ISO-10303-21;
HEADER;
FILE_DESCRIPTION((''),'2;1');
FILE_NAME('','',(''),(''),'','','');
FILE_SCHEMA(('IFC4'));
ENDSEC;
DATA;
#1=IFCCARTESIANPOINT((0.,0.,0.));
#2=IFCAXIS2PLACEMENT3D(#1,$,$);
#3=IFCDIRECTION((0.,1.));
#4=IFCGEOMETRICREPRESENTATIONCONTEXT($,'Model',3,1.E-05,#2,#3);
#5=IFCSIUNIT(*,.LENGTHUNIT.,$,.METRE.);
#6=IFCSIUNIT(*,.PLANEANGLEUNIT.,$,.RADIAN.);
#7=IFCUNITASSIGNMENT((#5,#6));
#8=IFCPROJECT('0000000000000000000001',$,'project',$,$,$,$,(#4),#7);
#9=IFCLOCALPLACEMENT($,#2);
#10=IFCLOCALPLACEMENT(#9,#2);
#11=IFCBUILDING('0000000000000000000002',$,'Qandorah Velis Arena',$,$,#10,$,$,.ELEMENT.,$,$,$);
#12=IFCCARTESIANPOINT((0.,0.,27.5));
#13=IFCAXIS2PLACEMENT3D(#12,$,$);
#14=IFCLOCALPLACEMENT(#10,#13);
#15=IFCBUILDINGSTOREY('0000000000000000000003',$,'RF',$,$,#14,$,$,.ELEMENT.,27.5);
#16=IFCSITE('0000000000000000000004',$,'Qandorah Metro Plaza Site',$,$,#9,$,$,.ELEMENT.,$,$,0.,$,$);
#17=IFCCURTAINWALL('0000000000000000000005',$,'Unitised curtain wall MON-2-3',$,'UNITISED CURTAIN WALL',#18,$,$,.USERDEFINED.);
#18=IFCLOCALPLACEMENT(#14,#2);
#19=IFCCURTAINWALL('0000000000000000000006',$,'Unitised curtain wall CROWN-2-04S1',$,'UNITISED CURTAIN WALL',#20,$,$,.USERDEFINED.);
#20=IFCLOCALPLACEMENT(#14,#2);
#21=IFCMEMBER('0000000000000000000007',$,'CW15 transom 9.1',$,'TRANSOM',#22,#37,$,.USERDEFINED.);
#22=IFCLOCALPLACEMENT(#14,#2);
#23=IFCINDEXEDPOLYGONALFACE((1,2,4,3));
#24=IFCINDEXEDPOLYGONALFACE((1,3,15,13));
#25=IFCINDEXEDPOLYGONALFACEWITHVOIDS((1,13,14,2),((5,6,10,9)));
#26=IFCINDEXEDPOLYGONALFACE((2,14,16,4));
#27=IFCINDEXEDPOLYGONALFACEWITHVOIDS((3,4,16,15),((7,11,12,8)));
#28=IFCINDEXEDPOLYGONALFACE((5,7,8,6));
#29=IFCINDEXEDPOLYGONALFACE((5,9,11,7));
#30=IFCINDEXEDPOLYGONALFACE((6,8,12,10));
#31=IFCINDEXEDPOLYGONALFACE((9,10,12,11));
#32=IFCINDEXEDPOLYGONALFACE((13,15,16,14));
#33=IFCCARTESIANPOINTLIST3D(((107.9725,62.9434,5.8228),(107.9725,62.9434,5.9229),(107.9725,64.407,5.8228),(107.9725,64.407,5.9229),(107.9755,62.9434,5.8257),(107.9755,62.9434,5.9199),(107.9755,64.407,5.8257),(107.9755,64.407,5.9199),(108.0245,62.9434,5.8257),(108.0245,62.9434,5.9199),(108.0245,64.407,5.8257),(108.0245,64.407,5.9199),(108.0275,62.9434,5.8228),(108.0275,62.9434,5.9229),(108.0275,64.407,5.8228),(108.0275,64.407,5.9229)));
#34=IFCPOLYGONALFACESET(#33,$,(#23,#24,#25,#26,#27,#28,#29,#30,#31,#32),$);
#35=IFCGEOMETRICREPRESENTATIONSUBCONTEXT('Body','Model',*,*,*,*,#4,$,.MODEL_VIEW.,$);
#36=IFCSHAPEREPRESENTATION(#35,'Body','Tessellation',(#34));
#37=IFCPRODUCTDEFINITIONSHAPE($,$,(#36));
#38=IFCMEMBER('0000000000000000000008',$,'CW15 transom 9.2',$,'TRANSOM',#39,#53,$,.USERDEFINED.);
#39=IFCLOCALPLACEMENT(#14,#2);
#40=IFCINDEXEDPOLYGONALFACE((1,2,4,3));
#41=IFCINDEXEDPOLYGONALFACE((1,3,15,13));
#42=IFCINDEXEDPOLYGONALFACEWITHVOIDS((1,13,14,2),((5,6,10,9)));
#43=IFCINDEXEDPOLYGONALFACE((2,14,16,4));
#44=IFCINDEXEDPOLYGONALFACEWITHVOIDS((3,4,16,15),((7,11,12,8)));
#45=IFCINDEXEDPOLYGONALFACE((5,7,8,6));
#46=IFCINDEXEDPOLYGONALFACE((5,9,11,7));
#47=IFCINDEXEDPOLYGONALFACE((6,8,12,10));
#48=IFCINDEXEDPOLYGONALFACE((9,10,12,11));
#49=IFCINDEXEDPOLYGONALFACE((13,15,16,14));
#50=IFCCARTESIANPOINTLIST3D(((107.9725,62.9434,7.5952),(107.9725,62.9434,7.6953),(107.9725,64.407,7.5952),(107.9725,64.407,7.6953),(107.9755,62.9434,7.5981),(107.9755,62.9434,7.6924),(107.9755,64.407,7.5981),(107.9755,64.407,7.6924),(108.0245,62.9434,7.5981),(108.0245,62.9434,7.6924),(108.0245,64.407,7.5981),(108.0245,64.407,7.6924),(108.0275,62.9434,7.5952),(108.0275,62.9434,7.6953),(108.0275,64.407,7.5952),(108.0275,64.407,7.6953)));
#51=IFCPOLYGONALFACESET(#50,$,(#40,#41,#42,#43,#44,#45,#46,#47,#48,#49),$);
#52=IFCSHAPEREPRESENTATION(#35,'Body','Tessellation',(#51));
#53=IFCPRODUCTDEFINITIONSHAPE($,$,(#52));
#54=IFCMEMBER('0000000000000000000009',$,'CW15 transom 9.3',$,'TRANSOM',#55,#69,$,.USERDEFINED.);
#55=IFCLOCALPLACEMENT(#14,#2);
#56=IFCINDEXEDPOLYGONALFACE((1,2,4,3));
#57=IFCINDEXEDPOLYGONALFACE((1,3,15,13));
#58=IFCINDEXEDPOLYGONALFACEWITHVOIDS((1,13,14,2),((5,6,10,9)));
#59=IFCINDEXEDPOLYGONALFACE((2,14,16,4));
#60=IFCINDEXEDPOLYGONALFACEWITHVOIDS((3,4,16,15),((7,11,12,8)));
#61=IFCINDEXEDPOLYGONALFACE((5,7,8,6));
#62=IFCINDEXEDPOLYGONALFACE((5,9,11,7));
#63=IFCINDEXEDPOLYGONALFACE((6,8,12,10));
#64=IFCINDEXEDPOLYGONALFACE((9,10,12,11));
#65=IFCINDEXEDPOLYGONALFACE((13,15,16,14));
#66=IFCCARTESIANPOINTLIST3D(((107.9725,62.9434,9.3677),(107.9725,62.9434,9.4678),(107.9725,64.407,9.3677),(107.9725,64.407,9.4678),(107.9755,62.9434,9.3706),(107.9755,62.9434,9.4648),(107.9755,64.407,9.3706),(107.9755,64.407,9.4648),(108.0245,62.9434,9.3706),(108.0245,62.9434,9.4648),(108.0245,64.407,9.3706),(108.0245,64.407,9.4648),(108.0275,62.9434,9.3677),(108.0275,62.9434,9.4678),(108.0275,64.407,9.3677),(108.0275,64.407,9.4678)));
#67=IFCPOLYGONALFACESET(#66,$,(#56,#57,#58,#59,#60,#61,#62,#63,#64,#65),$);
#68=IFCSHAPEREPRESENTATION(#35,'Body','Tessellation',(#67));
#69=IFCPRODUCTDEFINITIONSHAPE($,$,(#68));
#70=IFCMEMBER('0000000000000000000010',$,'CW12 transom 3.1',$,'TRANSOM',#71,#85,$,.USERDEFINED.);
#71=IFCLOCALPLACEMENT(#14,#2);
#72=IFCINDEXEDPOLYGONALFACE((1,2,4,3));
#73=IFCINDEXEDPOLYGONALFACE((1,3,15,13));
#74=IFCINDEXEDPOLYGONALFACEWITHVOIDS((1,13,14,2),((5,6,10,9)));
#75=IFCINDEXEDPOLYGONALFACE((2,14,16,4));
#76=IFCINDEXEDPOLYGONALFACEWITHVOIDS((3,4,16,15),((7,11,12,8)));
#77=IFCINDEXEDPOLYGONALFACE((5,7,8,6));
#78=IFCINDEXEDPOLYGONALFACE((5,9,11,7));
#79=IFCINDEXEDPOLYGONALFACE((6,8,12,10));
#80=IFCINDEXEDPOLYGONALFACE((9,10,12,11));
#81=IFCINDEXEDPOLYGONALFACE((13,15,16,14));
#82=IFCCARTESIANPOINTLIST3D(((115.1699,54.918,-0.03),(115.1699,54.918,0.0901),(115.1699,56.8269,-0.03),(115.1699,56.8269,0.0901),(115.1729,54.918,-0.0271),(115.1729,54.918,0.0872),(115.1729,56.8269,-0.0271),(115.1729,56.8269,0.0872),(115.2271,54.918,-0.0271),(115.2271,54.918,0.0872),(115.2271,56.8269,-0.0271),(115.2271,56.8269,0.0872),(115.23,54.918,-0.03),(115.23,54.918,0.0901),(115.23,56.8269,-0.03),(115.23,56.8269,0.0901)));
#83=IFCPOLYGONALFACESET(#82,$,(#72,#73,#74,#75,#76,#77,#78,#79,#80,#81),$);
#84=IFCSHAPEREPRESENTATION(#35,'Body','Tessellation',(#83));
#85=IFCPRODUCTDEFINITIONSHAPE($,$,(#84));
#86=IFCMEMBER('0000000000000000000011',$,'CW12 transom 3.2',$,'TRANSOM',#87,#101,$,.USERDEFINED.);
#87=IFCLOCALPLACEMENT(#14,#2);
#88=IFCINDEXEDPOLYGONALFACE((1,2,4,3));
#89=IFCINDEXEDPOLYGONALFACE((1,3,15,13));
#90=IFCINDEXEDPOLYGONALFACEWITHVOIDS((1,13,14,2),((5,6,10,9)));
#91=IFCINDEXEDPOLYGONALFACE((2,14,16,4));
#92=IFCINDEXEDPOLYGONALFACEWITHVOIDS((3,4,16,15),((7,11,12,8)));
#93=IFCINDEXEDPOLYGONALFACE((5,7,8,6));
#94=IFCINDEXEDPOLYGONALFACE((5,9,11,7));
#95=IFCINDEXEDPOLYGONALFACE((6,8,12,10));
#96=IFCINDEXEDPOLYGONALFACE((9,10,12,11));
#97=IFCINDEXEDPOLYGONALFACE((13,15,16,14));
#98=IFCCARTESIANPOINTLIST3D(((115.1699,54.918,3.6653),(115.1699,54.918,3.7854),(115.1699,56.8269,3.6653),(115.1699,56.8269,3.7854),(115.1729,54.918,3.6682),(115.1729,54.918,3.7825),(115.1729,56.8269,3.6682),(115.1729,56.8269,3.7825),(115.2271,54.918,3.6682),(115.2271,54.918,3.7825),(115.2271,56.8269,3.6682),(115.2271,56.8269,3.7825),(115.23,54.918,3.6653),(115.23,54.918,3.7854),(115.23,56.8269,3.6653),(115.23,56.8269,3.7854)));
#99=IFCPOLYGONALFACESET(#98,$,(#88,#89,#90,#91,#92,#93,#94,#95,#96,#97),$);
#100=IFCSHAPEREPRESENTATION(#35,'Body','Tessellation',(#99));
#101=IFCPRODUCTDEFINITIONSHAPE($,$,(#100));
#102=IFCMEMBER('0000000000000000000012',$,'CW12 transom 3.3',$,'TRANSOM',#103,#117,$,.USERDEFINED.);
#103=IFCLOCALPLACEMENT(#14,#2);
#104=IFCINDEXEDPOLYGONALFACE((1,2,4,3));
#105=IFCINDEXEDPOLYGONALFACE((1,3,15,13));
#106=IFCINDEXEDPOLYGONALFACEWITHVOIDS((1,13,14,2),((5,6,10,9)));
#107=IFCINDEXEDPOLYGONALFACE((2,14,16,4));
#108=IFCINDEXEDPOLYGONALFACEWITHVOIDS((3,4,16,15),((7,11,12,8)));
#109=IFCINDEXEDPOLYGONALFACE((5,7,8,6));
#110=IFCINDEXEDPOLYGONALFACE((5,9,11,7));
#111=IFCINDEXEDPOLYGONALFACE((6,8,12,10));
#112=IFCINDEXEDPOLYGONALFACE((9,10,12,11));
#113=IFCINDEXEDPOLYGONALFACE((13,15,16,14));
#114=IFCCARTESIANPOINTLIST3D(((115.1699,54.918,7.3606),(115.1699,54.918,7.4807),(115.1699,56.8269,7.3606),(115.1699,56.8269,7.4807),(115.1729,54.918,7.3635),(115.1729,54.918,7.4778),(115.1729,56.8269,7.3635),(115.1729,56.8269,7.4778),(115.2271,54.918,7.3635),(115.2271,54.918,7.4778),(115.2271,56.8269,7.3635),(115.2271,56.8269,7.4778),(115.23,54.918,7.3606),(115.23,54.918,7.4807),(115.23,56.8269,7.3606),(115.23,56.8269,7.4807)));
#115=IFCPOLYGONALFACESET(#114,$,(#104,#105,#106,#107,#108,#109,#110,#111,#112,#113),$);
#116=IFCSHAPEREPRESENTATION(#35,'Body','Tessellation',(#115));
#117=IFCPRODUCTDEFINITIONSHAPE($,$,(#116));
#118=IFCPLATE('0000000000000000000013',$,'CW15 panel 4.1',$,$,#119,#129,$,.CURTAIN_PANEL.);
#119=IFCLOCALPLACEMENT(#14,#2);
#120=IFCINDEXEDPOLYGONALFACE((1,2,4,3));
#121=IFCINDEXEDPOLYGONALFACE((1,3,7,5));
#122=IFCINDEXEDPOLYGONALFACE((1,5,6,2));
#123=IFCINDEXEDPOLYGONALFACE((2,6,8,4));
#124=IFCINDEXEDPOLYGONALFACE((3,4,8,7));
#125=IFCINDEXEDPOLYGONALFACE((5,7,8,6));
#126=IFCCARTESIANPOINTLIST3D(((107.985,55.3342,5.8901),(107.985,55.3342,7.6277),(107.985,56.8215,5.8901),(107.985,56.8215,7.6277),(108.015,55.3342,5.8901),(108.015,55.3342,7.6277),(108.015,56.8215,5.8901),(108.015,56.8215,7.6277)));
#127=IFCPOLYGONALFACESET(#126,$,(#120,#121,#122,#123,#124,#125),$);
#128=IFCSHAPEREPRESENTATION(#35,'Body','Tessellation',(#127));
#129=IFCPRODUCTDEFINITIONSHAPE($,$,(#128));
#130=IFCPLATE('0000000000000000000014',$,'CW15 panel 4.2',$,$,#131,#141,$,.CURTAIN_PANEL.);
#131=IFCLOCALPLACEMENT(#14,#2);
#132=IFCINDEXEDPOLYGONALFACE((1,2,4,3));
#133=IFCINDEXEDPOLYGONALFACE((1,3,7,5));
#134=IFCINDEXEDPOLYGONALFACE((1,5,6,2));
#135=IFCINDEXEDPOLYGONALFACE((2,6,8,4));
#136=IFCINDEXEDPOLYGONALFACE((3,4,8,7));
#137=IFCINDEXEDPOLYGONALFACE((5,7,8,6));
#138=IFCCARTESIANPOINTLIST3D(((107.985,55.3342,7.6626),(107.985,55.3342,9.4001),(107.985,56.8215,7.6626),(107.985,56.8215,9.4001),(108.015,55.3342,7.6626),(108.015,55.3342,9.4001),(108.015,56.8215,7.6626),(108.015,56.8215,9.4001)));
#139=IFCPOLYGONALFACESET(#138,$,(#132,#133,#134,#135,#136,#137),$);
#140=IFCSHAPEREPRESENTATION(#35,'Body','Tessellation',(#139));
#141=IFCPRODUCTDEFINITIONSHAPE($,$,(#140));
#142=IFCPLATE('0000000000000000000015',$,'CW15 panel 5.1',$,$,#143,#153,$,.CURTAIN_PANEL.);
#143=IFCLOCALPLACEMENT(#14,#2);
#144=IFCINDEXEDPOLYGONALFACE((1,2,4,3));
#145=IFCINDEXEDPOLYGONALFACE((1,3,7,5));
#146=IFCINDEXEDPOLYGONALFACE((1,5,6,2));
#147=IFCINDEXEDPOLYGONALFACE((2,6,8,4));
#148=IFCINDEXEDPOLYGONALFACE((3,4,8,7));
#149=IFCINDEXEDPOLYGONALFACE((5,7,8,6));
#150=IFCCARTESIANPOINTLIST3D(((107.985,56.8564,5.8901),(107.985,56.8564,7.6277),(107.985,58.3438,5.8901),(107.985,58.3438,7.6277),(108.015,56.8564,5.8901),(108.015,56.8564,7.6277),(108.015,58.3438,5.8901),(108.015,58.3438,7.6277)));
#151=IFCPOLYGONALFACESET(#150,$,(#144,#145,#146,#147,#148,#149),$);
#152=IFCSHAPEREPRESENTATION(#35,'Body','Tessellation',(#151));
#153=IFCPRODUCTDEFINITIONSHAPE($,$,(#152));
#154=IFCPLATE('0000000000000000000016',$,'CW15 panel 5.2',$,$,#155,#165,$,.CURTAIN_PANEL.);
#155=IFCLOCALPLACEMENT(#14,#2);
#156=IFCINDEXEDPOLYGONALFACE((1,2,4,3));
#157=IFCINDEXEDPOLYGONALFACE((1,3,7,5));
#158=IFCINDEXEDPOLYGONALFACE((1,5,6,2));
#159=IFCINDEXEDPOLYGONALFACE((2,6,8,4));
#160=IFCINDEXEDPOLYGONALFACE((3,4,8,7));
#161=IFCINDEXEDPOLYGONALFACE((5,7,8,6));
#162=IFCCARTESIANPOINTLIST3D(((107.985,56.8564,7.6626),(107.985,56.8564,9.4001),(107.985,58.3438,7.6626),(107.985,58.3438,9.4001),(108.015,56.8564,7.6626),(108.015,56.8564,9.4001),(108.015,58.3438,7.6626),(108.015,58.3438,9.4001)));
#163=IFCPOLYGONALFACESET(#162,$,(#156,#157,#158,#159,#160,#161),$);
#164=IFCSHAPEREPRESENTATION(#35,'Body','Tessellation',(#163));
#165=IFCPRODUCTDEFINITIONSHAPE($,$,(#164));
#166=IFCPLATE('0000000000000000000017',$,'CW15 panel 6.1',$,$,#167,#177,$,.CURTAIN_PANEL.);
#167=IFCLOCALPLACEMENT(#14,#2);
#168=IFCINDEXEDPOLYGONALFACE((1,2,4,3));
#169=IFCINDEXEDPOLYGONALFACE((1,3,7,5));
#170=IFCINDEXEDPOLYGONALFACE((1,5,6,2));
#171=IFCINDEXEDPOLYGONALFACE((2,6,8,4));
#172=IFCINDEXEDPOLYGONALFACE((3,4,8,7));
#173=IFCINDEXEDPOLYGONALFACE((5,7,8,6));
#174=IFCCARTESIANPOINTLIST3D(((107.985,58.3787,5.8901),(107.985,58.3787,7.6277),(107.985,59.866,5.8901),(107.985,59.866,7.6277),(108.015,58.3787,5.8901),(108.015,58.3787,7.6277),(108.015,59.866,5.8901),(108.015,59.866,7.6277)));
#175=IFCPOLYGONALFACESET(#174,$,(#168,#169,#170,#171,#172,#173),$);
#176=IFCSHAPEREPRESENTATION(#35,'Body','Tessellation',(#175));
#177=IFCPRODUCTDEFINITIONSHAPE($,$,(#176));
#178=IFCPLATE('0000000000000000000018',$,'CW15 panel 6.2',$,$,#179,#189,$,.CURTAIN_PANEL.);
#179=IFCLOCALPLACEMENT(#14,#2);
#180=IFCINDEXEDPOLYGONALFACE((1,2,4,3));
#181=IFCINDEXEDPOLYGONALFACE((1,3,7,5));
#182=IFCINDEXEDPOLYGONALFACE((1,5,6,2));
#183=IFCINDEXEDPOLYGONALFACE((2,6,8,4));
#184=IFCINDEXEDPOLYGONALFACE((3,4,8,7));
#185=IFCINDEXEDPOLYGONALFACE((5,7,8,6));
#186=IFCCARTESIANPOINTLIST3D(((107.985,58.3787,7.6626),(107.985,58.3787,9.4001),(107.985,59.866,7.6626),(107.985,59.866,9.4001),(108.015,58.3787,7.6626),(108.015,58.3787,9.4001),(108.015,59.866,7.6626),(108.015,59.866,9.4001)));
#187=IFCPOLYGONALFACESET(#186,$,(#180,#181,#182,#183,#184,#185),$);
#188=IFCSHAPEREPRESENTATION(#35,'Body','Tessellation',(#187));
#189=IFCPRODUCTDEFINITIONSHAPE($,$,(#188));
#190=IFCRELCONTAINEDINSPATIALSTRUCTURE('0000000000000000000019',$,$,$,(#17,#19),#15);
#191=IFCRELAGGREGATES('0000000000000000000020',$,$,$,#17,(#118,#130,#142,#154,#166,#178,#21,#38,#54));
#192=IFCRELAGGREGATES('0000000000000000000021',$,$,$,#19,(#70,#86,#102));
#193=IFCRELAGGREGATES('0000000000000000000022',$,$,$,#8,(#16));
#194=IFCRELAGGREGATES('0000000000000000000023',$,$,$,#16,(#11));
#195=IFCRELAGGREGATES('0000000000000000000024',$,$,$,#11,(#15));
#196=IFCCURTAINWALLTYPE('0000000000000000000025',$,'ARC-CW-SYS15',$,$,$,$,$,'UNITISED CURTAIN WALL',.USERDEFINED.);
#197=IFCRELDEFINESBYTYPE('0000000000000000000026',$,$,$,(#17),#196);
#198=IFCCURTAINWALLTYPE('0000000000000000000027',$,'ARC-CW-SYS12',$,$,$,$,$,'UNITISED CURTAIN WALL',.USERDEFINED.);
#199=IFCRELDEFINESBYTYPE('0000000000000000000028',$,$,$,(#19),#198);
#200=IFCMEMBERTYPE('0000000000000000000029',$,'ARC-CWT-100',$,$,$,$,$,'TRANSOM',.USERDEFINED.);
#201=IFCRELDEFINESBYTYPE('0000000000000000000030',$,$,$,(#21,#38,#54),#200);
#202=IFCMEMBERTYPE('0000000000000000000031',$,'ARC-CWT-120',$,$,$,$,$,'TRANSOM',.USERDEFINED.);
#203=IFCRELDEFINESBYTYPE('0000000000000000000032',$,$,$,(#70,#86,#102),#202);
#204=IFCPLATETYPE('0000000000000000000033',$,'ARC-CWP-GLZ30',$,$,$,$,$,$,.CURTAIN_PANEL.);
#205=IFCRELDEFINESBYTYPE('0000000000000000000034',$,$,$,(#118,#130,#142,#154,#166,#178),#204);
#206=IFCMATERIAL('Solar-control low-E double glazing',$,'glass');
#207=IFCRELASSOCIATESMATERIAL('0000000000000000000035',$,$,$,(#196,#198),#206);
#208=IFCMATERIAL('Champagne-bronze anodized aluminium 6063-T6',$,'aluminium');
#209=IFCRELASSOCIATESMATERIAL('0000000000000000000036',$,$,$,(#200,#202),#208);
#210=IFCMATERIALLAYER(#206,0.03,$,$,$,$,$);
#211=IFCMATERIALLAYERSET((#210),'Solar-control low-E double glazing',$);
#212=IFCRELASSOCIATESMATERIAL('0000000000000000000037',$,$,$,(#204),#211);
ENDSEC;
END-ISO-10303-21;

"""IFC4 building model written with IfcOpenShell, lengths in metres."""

from ifc_helpers import new_model, si_unit, direction, frame, origin, origin_2d, place, context, subcontext, project, spatial, rectangle, hollow_rectangle, extrude, material, layer, layer_set, material_profile, profile_set, type_object, element, aggregate, save


model = new_model("IFC4")

# Units and contexts
model_context = context("Model", 3, precision=1e-05, world=origin(), true_north=direction((0.0, 1.0)))
body_context = subcontext(model_context, "Body", "Model", "MODEL_VIEW")
ifc_project = project(units=[si_unit("LENGTHUNIT", "METRE"), si_unit("PLANEANGLEUNIT", "RADIAN")], contexts=[model_context])

# Site, building, storey
site_placement = place(None, origin())
site = spatial("IfcSite", under=ifc_project, at=site_placement, Name="Qandorah Metro Plaza Site", CompositionType="ELEMENT", RefElevation=0.0)
building_placement = place(site_placement, origin())
building = spatial("IfcBuilding", under=site, at=building_placement, Name="Qandorah Velis Arena", CompositionType="ELEMENT")
storey_placement = place(building_placement, frame((0.0, 0.0, 27.5)))
storey = spatial("IfcBuildingStorey", under=building, at=storey_placement, Name="RF", CompositionType="ELEMENT", Elevation=27.5)

# Curtain wall
ifc_material_1 = material(Name="Solar-control low-E double glazing", Category="glass")
curtain_wall_type_1 = type_object("IfcCurtainWallType", Name="ARC-CW-SYS15", ElementType="UNITISED CURTAIN WALL", PredefinedType="USERDEFINED", material=ifc_material_1)
curtain_wall_1_placement = place(storey_placement, origin())
curtain_wall_1 = element("IfcCurtainWall", 1, at=curtain_wall_1_placement, inside=storey, type_object=curtain_wall_type_1, Name="Unitised curtain wall MON-2-3", ObjectType="UNITISED CURTAIN WALL", PredefinedType="USERDEFINED")
ifc_material_2 = material(Name="Champagne-bronze anodized aluminium 6063-T6", Category="aluminium")

# Curtain wall
curtain_wall_type_2 = type_object("IfcCurtainWallType", Name="ARC-CW-SYS12", ElementType="UNITISED CURTAIN WALL", PredefinedType="USERDEFINED", material=ifc_material_1)
curtain_wall_2_placement = place(storey_placement, origin())
curtain_wall_2 = element("IfcCurtainWall", 2, at=curtain_wall_2_placement, inside=storey, type_object=curtain_wall_type_2, Name="Unitised curtain wall CROWN-2-04S1", ObjectType="UNITISED CURTAIN WALL", PredefinedType="USERDEFINED")

# Members
ifc_material_profile_1 = material_profile(ifc_material_2, hollow_rectangle(XDim=0.0549, YDim=0.1001, WallThickness=0.0029, at=origin_2d()), Name="ALU TRANSOM 55x100")
ifc_profile_set_1 = profile_set([ifc_material_profile_1], Name="Champagne-bronze anodized aluminium 6063-T6")
member_type_1 = type_object("IfcMemberType", Name="ARC-CWT-100", ElementType="TRANSOM", PredefinedType="USERDEFINED", material=ifc_profile_set_1)
member_1_placement = place(storey_placement, frame((108.0, 62.9434, 5.8728), z_axis=(0.0, 1.0, 0.0), x_axis=(-1.0, 0.0, 0.0)))
member_1 = element("IfcMember", 3, at=member_1_placement, type_object=member_type_1, Name="CW15 transom 9.1", ObjectType="TRANSOM", PredefinedType="USERDEFINED", context=body_context, shape_type="SweptSolid", body=[
    extrude(hollow_rectangle(XDim=0.0549, YDim=0.1001, WallThickness=0.0029, at=origin_2d()), origin(), (0.0, 0.0, 1.0), 1.4636),
])
member_2_placement = place(storey_placement, frame((108.0, 62.9434, 7.6453), z_axis=(0.0, 1.0, 0.0), x_axis=(-1.0, 0.0, 0.0)))
member_2 = element("IfcMember", 4, at=member_2_placement, type_object=member_type_1, Name="CW15 transom 9.2", ObjectType="TRANSOM", PredefinedType="USERDEFINED", context=body_context, shape_type="SweptSolid", body=[
    extrude(hollow_rectangle(XDim=0.0549, YDim=0.1001, WallThickness=0.0029, at=origin_2d()), origin(), (0.0, 0.0, 1.0), 1.4636),
])
member_3_placement = place(storey_placement, frame((108.0, 62.9434, 9.4177), z_axis=(0.0, 1.0, 0.0), x_axis=(-1.0, 0.0, 0.0)))
member_3 = element("IfcMember", 5, at=member_3_placement, type_object=member_type_1, Name="CW15 transom 9.3", ObjectType="TRANSOM", PredefinedType="USERDEFINED", context=body_context, shape_type="SweptSolid", body=[
    extrude(hollow_rectangle(XDim=0.0549, YDim=0.1001, WallThickness=0.0029, at=origin_2d()), origin(), (0.0, 0.0, 1.0), 1.4636),
])
ifc_material_profile_2 = material_profile(ifc_material_2, hollow_rectangle(XDim=0.0601, YDim=0.1201, WallThickness=0.0029, at=origin_2d()), Name="ALU TRANSOM 60x120")
ifc_profile_set_2 = profile_set([ifc_material_profile_2], Name="Champagne-bronze anodized aluminium 6063-T6")
member_type_2 = type_object("IfcMemberType", Name="ARC-CWT-120", ElementType="TRANSOM", PredefinedType="USERDEFINED", material=ifc_profile_set_2)
member_4_placement = place(storey_placement, frame((115.2, 54.918, 0.03), z_axis=(0.0, 1.0, 0.0), x_axis=(-1.0, 0.0, 0.0)))
member_4 = element("IfcMember", 6, at=member_4_placement, type_object=member_type_2, Name="CW12 transom 3.1", ObjectType="TRANSOM", PredefinedType="USERDEFINED", context=body_context, shape_type="SweptSolid", body=[
    extrude(hollow_rectangle(XDim=0.0601, YDim=0.1201, WallThickness=0.0029, at=origin_2d()), origin(), (0.0, 0.0, 1.0), 1.9089),
])
member_5_placement = place(storey_placement, frame((115.2, 54.918, 3.7253), z_axis=(0.0, 1.0, 0.0), x_axis=(-1.0, 0.0, 0.0)))
member_5 = element("IfcMember", 7, at=member_5_placement, type_object=member_type_2, Name="CW12 transom 3.2", ObjectType="TRANSOM", PredefinedType="USERDEFINED", context=body_context, shape_type="SweptSolid", body=[
    extrude(hollow_rectangle(XDim=0.0601, YDim=0.1201, WallThickness=0.0029, at=origin_2d()), origin(), (0.0, 0.0, 1.0), 1.9089),
])
member_6_placement = place(storey_placement, frame((115.2, 54.918, 7.4207), z_axis=(0.0, 1.0, 0.0), x_axis=(-1.0, 0.0, 0.0)))
member_6 = element("IfcMember", 8, at=member_6_placement, type_object=member_type_2, Name="CW12 transom 3.3", ObjectType="TRANSOM", PredefinedType="USERDEFINED", context=body_context, shape_type="SweptSolid", body=[
    extrude(hollow_rectangle(XDim=0.0601, YDim=0.1201, WallThickness=0.0029, at=origin_2d()), origin(), (0.0, 0.0, 1.0), 1.9089),
])

# Plates
ifc_layer_1 = layer(ifc_material_1, 0.03)
ifc_layer_set_1 = layer_set([ifc_layer_1], Name="Solar-control low-E double glazing")
plate_type_1 = type_object("IfcPlateType", Name="ARC-CWP-GLZ30", PredefinedType="CURTAIN_PANEL", material=ifc_layer_set_1)
plate_1_placement = place(storey_placement, frame((108.0, 56.0779, 5.8901), z_axis=(0.0, 0.0, 1.0), x_axis=(0.0, 1.0, 0.0)))
plate_1 = element("IfcPlate", 9, at=plate_1_placement, type_object=plate_type_1, Name="CW15 panel 4.1", PredefinedType="CURTAIN_PANEL", context=body_context, shape_type="SweptSolid", body=[
    extrude(rectangle(XDim=1.4873, YDim=0.03, at=origin_2d()), origin(), (0.0, 0.0, 1.0), 1.7375),
])
plate_2_placement = place(storey_placement, frame((108.0, 56.0779, 7.6626), z_axis=(0.0, 0.0, 1.0), x_axis=(0.0, 1.0, 0.0)))
plate_2 = element("IfcPlate", 10, at=plate_2_placement, type_object=plate_type_1, Name="CW15 panel 4.2", PredefinedType="CURTAIN_PANEL", context=body_context, shape_type="SweptSolid", body=[
    extrude(rectangle(XDim=1.4873, YDim=0.03, at=origin_2d()), origin(), (0.0, 0.0, 1.0), 1.7375),
])
plate_3_placement = place(storey_placement, frame((108.0, 57.6001, 5.8901), z_axis=(0.0, 0.0, 1.0), x_axis=(0.0, 1.0, 0.0)))
plate_3 = element("IfcPlate", 11, at=plate_3_placement, type_object=plate_type_1, Name="CW15 panel 5.1", PredefinedType="CURTAIN_PANEL", context=body_context, shape_type="SweptSolid", body=[
    extrude(rectangle(XDim=1.4873, YDim=0.03, at=origin_2d()), origin(), (0.0, 0.0, 1.0), 1.7375),
])
plate_4_placement = place(storey_placement, frame((108.0, 57.6001, 7.6626), z_axis=(0.0, 0.0, 1.0), x_axis=(0.0, 1.0, 0.0)))
plate_4 = element("IfcPlate", 12, at=plate_4_placement, type_object=plate_type_1, Name="CW15 panel 5.2", PredefinedType="CURTAIN_PANEL", context=body_context, shape_type="SweptSolid", body=[
    extrude(rectangle(XDim=1.4873, YDim=0.03, at=origin_2d()), origin(), (0.0, 0.0, 1.0), 1.7375),
])
plate_5_placement = place(storey_placement, frame((108.0, 59.1223, 5.8901), z_axis=(0.0, 0.0, 1.0), x_axis=(0.0, 1.0, 0.0)))
plate_5 = element("IfcPlate", 13, at=plate_5_placement, type_object=plate_type_1, Name="CW15 panel 6.1", PredefinedType="CURTAIN_PANEL", context=body_context, shape_type="SweptSolid", body=[
    extrude(rectangle(XDim=1.4873, YDim=0.03, at=origin_2d()), origin(), (0.0, 0.0, 1.0), 1.7375),
])
plate_6_placement = place(storey_placement, frame((108.0, 59.1223, 7.6626), z_axis=(0.0, 0.0, 1.0), x_axis=(0.0, 1.0, 0.0)))
plate_6 = element("IfcPlate", 14, at=plate_6_placement, type_object=plate_type_1, Name="CW15 panel 6.2", PredefinedType="CURTAIN_PANEL", context=body_context, shape_type="SweptSolid", body=[
    extrude(rectangle(XDim=1.4873, YDim=0.03, at=origin_2d()), origin(), (0.0, 0.0, 1.0), 1.7375),
])
aggregate(curtain_wall_1, [plate_1, plate_2, plate_3, plate_4, plate_5, plate_6, member_1, member_2, member_3])
aggregate(curtain_wall_2, [member_4, member_5, member_6])

save(model, "model.ifc")
